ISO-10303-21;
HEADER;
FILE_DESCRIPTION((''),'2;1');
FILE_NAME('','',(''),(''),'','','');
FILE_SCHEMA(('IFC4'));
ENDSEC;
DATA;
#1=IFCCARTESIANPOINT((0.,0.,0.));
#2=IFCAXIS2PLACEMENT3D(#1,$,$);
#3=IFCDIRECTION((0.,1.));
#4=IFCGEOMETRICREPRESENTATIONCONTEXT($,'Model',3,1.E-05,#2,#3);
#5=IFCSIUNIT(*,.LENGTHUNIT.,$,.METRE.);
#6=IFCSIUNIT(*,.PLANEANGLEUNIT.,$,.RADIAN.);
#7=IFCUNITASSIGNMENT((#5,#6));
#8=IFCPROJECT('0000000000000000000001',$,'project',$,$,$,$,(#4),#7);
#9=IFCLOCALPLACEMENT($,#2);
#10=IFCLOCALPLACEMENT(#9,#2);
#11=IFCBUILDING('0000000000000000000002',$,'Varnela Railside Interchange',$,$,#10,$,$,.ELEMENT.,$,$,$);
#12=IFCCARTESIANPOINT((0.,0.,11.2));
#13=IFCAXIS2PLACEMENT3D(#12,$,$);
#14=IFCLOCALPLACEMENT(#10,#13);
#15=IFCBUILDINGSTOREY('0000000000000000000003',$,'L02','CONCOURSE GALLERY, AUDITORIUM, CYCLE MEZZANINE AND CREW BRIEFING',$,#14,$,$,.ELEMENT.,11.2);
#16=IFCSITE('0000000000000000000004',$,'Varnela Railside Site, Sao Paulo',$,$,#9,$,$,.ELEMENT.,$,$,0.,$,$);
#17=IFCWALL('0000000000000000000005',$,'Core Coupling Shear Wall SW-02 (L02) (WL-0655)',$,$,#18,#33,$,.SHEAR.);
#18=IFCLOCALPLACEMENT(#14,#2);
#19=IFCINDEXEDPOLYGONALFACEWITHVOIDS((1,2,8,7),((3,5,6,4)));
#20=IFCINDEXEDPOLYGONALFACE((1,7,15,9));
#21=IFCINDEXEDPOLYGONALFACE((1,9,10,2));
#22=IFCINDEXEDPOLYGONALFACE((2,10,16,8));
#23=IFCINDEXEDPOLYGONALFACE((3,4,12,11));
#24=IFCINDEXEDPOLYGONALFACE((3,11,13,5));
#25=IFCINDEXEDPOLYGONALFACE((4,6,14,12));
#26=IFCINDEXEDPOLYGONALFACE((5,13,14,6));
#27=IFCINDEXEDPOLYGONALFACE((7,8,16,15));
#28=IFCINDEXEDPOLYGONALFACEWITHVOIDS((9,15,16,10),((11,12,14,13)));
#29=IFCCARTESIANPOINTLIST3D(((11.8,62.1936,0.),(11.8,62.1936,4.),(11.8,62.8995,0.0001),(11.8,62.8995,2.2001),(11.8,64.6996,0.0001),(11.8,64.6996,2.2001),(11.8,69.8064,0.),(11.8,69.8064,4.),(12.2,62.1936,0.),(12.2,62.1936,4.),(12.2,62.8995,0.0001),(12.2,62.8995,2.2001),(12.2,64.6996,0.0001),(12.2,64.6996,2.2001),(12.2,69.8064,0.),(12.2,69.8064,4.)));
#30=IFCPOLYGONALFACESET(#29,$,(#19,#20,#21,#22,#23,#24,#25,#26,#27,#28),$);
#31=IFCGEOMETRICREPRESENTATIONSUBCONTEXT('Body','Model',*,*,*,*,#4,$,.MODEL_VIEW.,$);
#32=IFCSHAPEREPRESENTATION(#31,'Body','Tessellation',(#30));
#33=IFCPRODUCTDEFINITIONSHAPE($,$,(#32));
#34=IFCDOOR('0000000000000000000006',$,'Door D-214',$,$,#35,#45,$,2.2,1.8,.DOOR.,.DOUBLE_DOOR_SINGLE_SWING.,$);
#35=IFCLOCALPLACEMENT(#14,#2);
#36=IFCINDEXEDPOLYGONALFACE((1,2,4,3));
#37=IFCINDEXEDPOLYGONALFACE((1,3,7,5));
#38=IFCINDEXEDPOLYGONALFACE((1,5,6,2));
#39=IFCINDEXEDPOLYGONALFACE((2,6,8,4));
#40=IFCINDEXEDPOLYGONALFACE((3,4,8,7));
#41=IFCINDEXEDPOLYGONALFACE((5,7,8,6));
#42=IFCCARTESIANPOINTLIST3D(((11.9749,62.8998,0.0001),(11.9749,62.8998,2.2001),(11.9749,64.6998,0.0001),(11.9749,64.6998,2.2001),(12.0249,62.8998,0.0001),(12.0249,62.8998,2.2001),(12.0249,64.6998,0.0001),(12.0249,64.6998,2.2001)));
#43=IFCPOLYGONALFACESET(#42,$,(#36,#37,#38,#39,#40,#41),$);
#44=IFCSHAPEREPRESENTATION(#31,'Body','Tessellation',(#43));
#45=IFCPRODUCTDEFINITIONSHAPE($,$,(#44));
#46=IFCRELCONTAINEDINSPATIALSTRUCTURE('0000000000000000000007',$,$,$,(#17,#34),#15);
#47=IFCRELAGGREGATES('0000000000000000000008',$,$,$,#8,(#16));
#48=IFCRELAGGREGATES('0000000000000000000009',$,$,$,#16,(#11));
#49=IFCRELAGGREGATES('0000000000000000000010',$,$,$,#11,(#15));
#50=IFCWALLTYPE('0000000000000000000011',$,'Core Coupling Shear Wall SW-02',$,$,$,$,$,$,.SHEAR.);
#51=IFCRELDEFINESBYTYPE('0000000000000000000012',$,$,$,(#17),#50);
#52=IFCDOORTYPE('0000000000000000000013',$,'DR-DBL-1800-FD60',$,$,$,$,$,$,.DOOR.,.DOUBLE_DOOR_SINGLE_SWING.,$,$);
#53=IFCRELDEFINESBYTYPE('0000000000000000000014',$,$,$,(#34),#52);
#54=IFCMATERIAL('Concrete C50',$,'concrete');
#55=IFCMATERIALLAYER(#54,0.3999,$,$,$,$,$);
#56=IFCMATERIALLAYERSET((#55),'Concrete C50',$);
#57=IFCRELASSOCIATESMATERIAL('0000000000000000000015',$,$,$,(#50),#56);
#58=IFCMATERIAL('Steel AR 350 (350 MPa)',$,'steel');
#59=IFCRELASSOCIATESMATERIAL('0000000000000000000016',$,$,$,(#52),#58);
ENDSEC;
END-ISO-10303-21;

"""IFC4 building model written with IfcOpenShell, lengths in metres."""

from ifc_helpers import new_model, si_unit, direction, frame, frame_2d, origin, place, context, subcontext, project, spatial, rectangle, extrude, material, layer, layer_set, type_object, element, fill, save


model = new_model("IFC4")

# Units and contexts
model_context = context("Model", 3, precision=1e-05, world=origin(), true_north=direction((0.0, 1.0)))
body_context = subcontext(model_context, "Body", "Model", "MODEL_VIEW")
ifc_project = project(units=[si_unit("LENGTHUNIT", "METRE"), si_unit("PLANEANGLEUNIT", "RADIAN")], contexts=[model_context])

# Site, building, storey
site_placement = place(None, origin())
site = spatial("IfcSite", under=ifc_project, at=site_placement, Name="Varnela Railside Site, Sao Paulo", CompositionType="ELEMENT", RefElevation=0.0)
building_placement = place(site_placement, origin())
building = spatial("IfcBuilding", under=site, at=building_placement, Name="Varnela Railside Interchange", CompositionType="ELEMENT")
storey_placement = place(building_placement, frame((0.0, 0.0, 11.2)))
storey = spatial("IfcBuildingStorey", under=building, at=storey_placement, Name="L02", Description="CONCOURSE GALLERY, AUDITORIUM, CYCLE MEZZANINE AND CREW BRIEFING", CompositionType="ELEMENT", Elevation=11.2)

# Shared definitions
ifc_material_1 = material(Name="Steel AR 350 (350 MPa)", Category="steel")

# Wall, opening, door
ifc_material_2 = material(Name="Concrete C50", Category="concrete")
ifc_layer_1 = layer(ifc_material_2, 0.3999)
ifc_layer_set_1 = layer_set([ifc_layer_1], Name="Concrete C50")
wall_type = type_object("IfcWallType", Name="Core Coupling Shear Wall SW-02", PredefinedType="SHEAR", material=ifc_layer_set_1)
wall_placement = place(storey_placement, frame((12.0, 62.1936, 0.0), z_axis=(0.0, 0.0, 1.0), x_axis=(0.0, 1.0, 0.0)))
wall = element("IfcWall", 1, at=wall_placement, inside=storey, type_object=wall_type, Name="Core Coupling Shear Wall SW-02 (L02) (WL-0655)", PredefinedType="SHEAR", context=body_context, shape_type="SweptSolid", body=[
    extrude(rectangle(XDim=7.6128, YDim=0.3999, at=frame_2d((3.8064, 0.0))), origin(), (0.0, 0.0, 1.0), 4.0),
])
opening_placement = place(wall_placement, frame((0.7061, 0.0, 0.0)))
opening = element("IfcOpeningElement", 2, at=opening_placement, cuts=wall, PredefinedType="OPENING", context=body_context, shape_type="SweptSolid", body=[
    extrude(rectangle(XDim=1.8, YDim=2.2, at=frame_2d((0.8999, 1.1001))), frame((0.0, 0.21, 0.0), z_axis=(0.0, -1.0, 0.0), x_axis=(1.0, 0.0, 0.0)), (0.0, 0.0, 1.0), 0.4199),
])
door_type = type_object("IfcDoorType", Name="DR-DBL-1800-FD60", OperationType="DOUBLE_DOOR_SINGLE_SWING", PredefinedType="DOOR", material=ifc_material_1)
door_placement = place(opening_placement, frame((1.8, 0.0, 0.0), z_axis=(0.0, 0.0, 1.0), x_axis=(-1.0, 0.0, 0.0)))
door = element("IfcDoor", 3, at=door_placement, inside=storey, type_object=door_type, Name="Door D-214", OperationType="DOUBLE_DOOR_SINGLE_SWING", OverallHeight=2.2, OverallWidth=1.8, PredefinedType="DOOR", context=body_context, shape_type="SweptSolid", body=[
    extrude(rectangle(XDim=1.8, YDim=2.2, at=frame_2d((0.8999, 1.1001))), frame((0.0, 0.0249, 0.0), z_axis=(0.0, -1.0, 0.0), x_axis=(1.0, 0.0, 0.0)), (0.0, 0.0, 1.0), 0.05),
])
fill(opening, door)

save(model, "model.ifc")
